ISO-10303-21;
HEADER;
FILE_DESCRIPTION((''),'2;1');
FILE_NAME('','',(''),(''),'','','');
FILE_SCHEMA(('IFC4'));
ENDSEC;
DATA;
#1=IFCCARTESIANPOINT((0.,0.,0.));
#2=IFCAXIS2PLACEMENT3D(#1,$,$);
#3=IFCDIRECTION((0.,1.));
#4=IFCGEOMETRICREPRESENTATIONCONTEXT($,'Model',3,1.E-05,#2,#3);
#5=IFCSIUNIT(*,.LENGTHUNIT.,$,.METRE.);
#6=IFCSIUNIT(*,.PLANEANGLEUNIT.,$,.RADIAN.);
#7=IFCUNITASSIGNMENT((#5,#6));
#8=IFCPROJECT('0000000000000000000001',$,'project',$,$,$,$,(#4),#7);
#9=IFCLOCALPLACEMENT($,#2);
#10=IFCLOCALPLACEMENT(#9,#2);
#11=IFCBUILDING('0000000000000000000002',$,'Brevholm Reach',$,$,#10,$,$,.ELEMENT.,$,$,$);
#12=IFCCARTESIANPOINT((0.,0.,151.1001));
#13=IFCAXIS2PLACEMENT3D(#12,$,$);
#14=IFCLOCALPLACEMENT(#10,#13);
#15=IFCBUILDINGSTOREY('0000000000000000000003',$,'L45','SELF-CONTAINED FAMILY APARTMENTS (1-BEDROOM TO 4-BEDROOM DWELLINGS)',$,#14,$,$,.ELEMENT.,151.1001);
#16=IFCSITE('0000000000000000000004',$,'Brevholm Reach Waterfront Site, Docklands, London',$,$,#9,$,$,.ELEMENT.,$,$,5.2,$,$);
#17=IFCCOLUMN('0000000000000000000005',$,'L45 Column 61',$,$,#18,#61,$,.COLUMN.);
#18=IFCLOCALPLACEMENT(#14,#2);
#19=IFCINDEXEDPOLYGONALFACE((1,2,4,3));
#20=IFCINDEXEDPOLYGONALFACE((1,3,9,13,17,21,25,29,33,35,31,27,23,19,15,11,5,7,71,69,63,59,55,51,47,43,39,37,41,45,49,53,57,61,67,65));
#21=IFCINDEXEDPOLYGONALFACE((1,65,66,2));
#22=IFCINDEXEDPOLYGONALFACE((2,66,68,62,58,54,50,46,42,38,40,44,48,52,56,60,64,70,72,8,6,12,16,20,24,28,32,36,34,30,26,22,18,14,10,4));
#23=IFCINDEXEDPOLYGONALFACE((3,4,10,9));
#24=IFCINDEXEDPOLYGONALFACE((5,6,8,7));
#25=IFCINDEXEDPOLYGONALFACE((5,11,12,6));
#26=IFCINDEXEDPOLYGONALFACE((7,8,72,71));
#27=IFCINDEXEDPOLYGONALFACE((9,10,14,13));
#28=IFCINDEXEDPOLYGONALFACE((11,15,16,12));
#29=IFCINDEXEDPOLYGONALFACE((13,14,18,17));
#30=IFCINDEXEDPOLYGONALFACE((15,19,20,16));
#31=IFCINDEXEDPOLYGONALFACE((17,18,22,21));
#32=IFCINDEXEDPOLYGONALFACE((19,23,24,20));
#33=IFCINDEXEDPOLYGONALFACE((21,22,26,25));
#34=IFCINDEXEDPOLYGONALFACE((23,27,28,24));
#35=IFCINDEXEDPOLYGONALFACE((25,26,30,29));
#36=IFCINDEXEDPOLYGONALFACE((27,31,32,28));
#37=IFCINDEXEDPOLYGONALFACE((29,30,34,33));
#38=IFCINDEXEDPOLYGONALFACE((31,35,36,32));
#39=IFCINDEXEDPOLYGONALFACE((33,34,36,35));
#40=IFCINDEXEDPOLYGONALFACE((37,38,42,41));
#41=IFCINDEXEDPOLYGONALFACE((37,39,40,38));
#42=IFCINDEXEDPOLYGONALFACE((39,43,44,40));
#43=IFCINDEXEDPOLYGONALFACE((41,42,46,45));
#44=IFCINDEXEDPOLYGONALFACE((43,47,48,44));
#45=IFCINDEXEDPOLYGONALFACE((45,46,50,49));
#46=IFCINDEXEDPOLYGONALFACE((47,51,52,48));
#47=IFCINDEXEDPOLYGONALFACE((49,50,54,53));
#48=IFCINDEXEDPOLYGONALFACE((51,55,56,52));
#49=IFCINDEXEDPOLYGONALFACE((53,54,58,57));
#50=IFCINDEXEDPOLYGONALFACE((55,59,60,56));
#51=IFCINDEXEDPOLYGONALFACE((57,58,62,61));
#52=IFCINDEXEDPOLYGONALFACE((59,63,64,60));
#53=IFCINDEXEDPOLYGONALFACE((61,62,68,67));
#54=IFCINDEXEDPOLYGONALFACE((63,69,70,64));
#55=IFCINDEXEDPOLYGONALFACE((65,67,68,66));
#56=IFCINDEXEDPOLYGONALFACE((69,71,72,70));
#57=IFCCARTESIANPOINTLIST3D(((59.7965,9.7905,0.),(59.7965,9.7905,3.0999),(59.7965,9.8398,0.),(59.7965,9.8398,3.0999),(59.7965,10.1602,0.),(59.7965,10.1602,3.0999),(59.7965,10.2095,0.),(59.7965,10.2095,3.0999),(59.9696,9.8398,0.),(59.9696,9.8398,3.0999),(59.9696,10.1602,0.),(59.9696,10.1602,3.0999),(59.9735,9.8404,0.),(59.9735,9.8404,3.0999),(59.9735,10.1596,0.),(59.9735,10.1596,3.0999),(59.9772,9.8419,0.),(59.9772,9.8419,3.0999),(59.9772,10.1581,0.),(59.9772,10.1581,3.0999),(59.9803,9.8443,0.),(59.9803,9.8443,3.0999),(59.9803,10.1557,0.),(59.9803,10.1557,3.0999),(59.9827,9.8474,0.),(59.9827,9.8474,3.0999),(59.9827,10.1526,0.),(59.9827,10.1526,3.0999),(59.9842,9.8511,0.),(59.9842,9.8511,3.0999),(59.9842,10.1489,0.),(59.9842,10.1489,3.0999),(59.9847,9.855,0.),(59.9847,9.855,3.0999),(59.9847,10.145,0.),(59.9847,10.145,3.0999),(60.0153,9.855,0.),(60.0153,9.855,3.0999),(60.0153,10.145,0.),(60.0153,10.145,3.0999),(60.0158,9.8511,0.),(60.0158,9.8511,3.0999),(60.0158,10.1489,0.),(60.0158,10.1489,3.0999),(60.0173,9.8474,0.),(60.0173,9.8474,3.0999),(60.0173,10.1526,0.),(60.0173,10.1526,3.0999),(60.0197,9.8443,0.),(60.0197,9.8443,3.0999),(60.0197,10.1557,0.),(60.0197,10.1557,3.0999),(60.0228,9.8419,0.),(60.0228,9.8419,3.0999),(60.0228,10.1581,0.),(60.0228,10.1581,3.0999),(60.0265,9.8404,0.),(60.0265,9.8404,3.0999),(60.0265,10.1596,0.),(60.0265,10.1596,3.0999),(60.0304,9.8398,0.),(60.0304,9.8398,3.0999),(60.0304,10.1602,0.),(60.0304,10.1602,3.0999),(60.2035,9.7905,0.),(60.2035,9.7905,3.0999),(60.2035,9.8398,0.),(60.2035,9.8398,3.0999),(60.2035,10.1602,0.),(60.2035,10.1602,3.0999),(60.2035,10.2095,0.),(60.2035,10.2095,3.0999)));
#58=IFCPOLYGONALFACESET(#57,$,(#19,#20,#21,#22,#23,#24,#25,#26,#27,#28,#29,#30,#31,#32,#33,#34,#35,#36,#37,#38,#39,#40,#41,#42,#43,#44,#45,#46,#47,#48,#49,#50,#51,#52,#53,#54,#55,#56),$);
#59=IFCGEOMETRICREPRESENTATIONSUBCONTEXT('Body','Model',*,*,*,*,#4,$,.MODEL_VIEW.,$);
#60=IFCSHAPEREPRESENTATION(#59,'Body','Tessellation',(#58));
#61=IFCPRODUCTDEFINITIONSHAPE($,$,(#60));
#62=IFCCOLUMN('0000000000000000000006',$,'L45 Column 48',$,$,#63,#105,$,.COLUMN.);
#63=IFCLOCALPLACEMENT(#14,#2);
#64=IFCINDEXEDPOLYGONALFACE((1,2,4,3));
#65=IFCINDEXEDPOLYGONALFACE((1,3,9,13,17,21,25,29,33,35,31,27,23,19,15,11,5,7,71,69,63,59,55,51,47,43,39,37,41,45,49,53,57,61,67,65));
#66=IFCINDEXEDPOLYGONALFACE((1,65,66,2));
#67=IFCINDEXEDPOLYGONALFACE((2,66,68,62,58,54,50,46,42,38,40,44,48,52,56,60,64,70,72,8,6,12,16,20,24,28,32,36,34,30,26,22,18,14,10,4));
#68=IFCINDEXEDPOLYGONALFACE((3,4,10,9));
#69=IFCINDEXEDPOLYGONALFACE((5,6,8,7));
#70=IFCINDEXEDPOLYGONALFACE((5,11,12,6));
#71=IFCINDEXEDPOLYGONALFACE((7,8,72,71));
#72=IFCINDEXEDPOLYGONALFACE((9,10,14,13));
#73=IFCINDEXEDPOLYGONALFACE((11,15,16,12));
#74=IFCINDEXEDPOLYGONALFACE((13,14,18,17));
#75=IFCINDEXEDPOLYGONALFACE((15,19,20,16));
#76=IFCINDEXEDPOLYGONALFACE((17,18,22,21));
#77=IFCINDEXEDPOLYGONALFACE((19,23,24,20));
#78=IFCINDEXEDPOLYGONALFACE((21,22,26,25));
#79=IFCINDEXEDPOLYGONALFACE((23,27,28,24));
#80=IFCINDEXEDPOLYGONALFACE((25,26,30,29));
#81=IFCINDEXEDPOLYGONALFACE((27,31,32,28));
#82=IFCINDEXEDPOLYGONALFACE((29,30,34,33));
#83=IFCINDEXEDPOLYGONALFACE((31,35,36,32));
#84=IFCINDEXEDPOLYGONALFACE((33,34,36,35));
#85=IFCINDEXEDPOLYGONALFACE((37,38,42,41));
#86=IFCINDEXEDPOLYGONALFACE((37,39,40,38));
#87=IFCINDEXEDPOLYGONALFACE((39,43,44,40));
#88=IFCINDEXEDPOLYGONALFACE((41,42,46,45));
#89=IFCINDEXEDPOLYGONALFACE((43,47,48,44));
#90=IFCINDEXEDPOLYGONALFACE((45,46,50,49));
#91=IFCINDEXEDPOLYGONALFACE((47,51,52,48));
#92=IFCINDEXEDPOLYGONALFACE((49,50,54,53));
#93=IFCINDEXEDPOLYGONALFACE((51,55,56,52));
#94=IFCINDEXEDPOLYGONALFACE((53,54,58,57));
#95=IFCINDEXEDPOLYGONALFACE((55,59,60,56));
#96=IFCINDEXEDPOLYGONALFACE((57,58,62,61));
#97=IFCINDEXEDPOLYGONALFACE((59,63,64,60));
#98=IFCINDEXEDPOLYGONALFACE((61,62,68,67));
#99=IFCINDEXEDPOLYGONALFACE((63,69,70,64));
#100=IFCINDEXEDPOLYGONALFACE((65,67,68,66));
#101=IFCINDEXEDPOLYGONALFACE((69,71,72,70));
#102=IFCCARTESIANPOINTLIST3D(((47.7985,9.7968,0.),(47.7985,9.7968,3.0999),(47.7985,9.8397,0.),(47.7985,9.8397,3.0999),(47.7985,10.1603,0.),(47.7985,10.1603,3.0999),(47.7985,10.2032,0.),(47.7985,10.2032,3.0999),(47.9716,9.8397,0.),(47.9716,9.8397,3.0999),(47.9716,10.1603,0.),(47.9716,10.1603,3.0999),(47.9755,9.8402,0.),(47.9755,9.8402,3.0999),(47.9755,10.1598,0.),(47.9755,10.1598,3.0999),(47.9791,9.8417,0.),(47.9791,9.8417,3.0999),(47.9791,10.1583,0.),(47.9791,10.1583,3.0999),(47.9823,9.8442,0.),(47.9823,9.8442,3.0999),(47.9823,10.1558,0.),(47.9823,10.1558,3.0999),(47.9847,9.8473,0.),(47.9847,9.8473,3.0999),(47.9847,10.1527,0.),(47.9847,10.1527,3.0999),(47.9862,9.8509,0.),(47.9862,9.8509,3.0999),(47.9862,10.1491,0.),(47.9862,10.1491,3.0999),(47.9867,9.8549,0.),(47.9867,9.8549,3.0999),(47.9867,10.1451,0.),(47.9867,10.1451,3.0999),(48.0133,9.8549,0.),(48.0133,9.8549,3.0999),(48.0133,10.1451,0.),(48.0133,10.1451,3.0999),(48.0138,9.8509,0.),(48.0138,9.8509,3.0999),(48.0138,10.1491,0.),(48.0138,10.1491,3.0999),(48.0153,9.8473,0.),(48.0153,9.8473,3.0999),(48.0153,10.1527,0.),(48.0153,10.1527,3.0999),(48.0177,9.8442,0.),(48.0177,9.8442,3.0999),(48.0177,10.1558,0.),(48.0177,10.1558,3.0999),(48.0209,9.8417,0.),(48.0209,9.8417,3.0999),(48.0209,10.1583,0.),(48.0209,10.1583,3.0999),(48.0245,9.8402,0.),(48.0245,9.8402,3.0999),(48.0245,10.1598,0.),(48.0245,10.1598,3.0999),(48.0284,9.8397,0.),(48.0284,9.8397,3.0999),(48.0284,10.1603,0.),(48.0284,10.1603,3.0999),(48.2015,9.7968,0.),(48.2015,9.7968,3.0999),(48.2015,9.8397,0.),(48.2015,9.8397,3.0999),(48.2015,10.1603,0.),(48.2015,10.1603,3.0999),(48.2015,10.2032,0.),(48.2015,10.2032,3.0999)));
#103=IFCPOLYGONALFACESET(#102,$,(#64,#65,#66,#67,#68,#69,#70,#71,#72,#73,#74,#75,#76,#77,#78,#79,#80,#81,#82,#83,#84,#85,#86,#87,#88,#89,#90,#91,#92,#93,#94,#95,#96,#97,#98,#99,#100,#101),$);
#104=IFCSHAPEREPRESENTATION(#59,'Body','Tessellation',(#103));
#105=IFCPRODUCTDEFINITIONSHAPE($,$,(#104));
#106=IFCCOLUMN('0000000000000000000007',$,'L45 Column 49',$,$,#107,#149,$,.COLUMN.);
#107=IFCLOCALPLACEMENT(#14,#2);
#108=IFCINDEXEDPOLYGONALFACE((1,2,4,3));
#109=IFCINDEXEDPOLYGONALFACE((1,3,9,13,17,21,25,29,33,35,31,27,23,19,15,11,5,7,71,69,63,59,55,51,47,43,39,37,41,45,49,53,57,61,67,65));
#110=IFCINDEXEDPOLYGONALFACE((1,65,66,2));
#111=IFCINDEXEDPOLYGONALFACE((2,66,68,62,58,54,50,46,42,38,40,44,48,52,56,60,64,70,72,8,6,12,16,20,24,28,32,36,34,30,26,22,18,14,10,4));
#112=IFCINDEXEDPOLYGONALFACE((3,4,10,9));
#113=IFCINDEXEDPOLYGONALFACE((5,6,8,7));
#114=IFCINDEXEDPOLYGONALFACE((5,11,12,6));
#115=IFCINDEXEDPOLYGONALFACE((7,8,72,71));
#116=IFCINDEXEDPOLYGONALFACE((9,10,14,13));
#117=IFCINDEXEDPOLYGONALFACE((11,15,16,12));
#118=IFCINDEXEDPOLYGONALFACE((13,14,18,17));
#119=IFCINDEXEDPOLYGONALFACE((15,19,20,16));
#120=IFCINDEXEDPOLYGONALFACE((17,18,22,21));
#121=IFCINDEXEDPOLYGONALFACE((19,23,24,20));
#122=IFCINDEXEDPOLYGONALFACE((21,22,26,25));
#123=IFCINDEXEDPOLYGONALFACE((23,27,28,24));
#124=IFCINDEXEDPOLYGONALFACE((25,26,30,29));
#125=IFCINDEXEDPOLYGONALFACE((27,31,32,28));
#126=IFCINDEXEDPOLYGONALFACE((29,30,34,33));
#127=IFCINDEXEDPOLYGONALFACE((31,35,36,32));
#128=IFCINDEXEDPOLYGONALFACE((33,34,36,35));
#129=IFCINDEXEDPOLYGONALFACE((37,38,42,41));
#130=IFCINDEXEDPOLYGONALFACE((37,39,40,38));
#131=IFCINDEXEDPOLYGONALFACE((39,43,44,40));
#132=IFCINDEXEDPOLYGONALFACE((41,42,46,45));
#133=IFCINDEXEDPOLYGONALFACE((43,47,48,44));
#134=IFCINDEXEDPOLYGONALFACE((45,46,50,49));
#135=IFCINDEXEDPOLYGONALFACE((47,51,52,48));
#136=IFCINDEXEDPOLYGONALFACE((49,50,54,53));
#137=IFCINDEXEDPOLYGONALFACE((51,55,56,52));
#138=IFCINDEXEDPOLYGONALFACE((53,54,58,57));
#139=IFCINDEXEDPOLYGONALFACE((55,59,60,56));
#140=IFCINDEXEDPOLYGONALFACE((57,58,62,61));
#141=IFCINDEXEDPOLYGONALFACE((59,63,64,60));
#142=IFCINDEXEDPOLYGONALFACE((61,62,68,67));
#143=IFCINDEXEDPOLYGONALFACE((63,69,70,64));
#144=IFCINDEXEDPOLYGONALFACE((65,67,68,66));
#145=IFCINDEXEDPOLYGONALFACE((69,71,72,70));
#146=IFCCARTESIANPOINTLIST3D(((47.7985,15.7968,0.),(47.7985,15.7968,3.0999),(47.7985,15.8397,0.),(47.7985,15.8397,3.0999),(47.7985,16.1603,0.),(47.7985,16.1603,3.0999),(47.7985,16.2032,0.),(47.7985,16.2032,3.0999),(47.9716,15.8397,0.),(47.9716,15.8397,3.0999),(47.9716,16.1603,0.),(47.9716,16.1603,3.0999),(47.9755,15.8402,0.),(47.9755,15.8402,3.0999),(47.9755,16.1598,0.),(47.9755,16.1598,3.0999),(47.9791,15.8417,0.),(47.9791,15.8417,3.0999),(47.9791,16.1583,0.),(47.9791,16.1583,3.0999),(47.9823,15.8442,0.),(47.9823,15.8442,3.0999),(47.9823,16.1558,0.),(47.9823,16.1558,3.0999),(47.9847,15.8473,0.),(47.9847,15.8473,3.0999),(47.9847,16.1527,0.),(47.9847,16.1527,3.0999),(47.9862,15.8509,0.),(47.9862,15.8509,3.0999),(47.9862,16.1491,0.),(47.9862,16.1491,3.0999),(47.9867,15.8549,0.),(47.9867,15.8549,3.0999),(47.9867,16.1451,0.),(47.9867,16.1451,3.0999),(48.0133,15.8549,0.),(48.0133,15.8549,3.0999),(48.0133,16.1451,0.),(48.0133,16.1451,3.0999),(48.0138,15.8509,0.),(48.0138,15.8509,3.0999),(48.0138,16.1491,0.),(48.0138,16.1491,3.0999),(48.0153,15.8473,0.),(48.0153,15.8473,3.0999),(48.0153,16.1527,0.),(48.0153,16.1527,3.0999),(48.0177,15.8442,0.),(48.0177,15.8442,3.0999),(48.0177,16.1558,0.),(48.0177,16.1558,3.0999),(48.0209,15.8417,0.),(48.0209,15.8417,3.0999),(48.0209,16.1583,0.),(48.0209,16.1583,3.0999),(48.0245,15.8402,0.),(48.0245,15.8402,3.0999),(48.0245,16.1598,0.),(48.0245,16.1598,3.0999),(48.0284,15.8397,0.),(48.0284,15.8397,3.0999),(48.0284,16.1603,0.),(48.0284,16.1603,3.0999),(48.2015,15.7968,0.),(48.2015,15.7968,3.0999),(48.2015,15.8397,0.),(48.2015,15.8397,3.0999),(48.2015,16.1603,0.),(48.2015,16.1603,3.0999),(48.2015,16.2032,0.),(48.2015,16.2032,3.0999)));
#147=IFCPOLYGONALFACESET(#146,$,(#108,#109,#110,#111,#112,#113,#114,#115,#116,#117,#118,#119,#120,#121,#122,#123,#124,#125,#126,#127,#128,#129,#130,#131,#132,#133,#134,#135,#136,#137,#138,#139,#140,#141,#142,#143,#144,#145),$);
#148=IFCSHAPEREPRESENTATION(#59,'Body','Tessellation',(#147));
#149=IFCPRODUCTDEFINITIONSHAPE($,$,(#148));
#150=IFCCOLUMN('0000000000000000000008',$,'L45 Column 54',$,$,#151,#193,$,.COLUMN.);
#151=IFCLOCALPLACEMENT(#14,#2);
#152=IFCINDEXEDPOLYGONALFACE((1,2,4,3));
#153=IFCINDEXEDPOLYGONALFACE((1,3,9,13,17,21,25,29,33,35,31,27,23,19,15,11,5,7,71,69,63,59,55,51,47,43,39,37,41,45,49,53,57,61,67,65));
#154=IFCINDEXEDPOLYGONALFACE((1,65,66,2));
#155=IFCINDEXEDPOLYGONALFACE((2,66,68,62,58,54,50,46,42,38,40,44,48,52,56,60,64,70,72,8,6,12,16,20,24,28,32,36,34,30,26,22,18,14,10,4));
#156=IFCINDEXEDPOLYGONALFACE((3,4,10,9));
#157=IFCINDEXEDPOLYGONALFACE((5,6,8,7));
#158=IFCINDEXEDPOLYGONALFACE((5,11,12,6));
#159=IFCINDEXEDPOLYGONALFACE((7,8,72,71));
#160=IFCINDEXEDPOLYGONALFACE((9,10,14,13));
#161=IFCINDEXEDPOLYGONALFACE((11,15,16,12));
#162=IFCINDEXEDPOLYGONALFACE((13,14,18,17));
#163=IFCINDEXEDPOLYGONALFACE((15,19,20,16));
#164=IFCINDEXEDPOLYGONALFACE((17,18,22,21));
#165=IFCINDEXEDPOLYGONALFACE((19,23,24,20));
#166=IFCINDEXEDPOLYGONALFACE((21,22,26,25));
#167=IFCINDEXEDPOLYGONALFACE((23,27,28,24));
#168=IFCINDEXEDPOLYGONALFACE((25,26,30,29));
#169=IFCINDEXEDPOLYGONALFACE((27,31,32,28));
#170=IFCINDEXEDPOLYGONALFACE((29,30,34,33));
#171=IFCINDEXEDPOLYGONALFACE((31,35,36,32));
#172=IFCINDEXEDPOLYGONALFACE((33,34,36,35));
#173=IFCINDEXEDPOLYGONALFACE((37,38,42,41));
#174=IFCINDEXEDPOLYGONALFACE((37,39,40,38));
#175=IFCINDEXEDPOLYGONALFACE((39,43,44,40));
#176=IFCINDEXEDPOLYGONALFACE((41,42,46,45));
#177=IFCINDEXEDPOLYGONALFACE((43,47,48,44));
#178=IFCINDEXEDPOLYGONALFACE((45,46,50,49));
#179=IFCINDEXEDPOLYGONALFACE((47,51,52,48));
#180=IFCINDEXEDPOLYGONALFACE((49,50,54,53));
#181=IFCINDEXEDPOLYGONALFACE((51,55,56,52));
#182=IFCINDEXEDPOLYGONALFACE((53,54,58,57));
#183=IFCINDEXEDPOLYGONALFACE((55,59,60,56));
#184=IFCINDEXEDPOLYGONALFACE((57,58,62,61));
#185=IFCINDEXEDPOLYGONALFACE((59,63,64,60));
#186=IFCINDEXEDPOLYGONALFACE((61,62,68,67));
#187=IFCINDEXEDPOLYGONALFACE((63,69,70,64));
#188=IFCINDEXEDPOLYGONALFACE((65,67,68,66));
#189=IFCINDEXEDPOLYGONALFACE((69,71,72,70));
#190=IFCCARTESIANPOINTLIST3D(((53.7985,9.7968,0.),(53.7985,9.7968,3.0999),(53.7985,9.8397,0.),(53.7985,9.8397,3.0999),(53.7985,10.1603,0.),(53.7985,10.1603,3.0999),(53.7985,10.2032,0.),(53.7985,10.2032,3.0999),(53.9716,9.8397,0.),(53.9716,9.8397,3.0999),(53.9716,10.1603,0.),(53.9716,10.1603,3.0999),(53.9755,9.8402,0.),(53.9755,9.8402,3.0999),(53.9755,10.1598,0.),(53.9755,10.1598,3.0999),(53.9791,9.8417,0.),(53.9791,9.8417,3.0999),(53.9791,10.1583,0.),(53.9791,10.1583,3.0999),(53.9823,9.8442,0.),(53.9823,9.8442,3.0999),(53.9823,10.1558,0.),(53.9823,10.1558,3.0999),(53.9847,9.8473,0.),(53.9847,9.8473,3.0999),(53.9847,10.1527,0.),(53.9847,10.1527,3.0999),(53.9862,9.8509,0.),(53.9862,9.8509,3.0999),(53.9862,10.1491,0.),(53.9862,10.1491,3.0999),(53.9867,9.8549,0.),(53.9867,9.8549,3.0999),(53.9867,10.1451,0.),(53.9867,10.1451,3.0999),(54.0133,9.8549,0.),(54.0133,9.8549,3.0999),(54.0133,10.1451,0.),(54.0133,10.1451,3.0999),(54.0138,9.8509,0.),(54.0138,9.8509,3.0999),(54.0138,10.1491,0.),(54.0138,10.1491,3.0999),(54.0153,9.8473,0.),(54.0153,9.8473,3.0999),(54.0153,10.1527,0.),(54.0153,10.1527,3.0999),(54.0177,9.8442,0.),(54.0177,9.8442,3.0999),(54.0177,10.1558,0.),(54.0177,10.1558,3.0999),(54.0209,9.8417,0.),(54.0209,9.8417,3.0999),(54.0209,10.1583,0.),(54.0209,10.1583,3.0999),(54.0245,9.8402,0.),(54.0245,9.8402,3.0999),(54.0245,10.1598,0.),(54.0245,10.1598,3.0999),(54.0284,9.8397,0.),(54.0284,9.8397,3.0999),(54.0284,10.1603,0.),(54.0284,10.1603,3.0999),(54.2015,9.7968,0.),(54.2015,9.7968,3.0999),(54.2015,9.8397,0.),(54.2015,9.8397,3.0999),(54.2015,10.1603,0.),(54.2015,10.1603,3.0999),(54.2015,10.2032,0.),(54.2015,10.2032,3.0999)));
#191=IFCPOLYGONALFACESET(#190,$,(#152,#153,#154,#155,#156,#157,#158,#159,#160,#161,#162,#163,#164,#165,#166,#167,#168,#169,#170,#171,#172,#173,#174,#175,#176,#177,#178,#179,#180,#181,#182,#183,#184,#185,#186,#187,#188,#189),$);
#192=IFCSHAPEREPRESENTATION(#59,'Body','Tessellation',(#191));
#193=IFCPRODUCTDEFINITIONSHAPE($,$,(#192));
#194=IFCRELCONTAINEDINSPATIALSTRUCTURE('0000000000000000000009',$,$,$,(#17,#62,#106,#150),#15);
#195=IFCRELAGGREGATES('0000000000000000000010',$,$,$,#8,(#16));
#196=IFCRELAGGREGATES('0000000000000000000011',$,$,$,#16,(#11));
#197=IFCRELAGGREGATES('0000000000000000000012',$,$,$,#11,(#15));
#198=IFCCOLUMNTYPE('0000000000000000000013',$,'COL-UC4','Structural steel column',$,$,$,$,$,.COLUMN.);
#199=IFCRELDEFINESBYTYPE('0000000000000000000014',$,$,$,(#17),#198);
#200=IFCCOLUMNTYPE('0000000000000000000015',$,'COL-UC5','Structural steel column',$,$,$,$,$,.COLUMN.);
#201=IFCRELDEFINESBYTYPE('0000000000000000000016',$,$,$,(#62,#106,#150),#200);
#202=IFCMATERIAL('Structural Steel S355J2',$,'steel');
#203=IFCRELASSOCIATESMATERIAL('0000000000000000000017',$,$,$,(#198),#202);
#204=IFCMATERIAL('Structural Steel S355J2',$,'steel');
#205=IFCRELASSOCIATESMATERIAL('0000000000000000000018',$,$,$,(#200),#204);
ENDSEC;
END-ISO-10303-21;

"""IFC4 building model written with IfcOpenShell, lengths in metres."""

from ifc_helpers import new_model, si_unit, direction, frame, origin, origin_2d, place, context, subcontext, project, spatial, i_section, extrude, material, material_profile, profile_set, type_object, element, save


model = new_model("IFC4")

# Units and contexts
model_context = context("Model", 3, precision=1e-05, world=origin(), true_north=direction((0.0, 1.0)))
body_context = subcontext(model_context, "Body", "Model", "MODEL_VIEW")
ifc_project = project(units=[si_unit("LENGTHUNIT", "METRE"), si_unit("PLANEANGLEUNIT", "RADIAN")], contexts=[model_context])

# Site, building, storey
site_placement = place(None, origin())
site = spatial("IfcSite", under=ifc_project, at=site_placement, Name="Brevholm Reach Waterfront Site, Docklands, London", CompositionType="ELEMENT", RefElevation=5.2)
building_placement = place(site_placement, origin())
building = spatial("IfcBuilding", under=site, at=building_placement, Name="Brevholm Reach", CompositionType="ELEMENT")
storey_placement = place(building_placement, frame((0.0, 0.0, 151.1001)))
storey = spatial("IfcBuildingStorey", under=building, at=storey_placement, Name="L45", Description="SELF-CONTAINED FAMILY APARTMENTS (1-BEDROOM TO 4-BEDROOM DWELLINGS)", CompositionType="ELEMENT", Elevation=151.1001)

# Columns
ifc_material_1 = material(Name="Structural Steel S355J2", Category="steel")
ifc_material_profile_1 = material_profile(ifc_material_1, i_section(OverallWidth=0.407, OverallDepth=0.4189, WebThickness=0.0305, FlangeThickness=0.0493, FilletRadius=0.0151, at=origin_2d()), Name="UKC 356x406x393")
ifc_profile_set_1 = profile_set([ifc_material_profile_1], Name="Structural Steel S355J2")
column_type_1 = type_object("IfcColumnType", Name="COL-UC4", Description="Structural steel column", PredefinedType="COLUMN", material=ifc_profile_set_1)
column_placement = place(storey_placement, frame((60.0, 10.0, 0.0), z_axis=(0.0, 0.0, 1.0), x_axis=(1.0, 0.0, 0.0)))
element("IfcColumn", 1, at=column_placement, inside=storey, type_object=column_type_1, Name="L45 Column 61", PredefinedType="COLUMN", context=body_context, shape_type="SweptSolid", body=[
    extrude(i_section(OverallWidth=0.407, OverallDepth=0.4189, WebThickness=0.0305, FlangeThickness=0.0493, FilletRadius=0.0151, at=origin_2d()), origin(), (0.0, 0.0, 1.0), 3.0999),
])
ifc_material_2 = material(Name="Structural Steel S355J2", Category="steel")
ifc_material_profile_2 = material_profile(ifc_material_2, i_section(OverallWidth=0.4031, OverallDepth=0.4065, WebThickness=0.0266, FlangeThickness=0.043, FilletRadius=0.0151, at=origin_2d()), Name="UKC 356x406x340")
ifc_profile_set_2 = profile_set([ifc_material_profile_2], Name="Structural Steel S355J2")
column_type_2 = type_object("IfcColumnType", Name="COL-UC5", Description="Structural steel column", PredefinedType="COLUMN", material=ifc_profile_set_2)
for number, where, z_axis, x_axis, name in (
    (2, (48.0, 10.0, 0.0), (0.0, 0.0, 1.0), (1.0, 0.0, 0.0), "L45 Column 48"),
    (3, (48.0, 16.0, 0.0), (0.0, 0.0, 1.0), (1.0, 0.0, 0.0), "L45 Column 49"),
    (4, (54.0, 10.0, 0.0), (0.0, 0.0, 1.0), (1.0, 0.0, 0.0), "L45 Column 54"),
):
    element("IfcColumn", number, at=place(storey_placement, frame(where, z_axis=z_axis, x_axis=x_axis)), inside=storey, type_object=column_type_2, Name=name, PredefinedType="COLUMN", context=body_context, shape_type="SweptSolid", body=[
        extrude(i_section(OverallWidth=0.4031, OverallDepth=0.4065, WebThickness=0.0266, FlangeThickness=0.043, FilletRadius=0.0151, at=origin_2d()), origin(), (0.0, 0.0, 1.0), 3.0999),
    ])

save(model, "model.ifc")
